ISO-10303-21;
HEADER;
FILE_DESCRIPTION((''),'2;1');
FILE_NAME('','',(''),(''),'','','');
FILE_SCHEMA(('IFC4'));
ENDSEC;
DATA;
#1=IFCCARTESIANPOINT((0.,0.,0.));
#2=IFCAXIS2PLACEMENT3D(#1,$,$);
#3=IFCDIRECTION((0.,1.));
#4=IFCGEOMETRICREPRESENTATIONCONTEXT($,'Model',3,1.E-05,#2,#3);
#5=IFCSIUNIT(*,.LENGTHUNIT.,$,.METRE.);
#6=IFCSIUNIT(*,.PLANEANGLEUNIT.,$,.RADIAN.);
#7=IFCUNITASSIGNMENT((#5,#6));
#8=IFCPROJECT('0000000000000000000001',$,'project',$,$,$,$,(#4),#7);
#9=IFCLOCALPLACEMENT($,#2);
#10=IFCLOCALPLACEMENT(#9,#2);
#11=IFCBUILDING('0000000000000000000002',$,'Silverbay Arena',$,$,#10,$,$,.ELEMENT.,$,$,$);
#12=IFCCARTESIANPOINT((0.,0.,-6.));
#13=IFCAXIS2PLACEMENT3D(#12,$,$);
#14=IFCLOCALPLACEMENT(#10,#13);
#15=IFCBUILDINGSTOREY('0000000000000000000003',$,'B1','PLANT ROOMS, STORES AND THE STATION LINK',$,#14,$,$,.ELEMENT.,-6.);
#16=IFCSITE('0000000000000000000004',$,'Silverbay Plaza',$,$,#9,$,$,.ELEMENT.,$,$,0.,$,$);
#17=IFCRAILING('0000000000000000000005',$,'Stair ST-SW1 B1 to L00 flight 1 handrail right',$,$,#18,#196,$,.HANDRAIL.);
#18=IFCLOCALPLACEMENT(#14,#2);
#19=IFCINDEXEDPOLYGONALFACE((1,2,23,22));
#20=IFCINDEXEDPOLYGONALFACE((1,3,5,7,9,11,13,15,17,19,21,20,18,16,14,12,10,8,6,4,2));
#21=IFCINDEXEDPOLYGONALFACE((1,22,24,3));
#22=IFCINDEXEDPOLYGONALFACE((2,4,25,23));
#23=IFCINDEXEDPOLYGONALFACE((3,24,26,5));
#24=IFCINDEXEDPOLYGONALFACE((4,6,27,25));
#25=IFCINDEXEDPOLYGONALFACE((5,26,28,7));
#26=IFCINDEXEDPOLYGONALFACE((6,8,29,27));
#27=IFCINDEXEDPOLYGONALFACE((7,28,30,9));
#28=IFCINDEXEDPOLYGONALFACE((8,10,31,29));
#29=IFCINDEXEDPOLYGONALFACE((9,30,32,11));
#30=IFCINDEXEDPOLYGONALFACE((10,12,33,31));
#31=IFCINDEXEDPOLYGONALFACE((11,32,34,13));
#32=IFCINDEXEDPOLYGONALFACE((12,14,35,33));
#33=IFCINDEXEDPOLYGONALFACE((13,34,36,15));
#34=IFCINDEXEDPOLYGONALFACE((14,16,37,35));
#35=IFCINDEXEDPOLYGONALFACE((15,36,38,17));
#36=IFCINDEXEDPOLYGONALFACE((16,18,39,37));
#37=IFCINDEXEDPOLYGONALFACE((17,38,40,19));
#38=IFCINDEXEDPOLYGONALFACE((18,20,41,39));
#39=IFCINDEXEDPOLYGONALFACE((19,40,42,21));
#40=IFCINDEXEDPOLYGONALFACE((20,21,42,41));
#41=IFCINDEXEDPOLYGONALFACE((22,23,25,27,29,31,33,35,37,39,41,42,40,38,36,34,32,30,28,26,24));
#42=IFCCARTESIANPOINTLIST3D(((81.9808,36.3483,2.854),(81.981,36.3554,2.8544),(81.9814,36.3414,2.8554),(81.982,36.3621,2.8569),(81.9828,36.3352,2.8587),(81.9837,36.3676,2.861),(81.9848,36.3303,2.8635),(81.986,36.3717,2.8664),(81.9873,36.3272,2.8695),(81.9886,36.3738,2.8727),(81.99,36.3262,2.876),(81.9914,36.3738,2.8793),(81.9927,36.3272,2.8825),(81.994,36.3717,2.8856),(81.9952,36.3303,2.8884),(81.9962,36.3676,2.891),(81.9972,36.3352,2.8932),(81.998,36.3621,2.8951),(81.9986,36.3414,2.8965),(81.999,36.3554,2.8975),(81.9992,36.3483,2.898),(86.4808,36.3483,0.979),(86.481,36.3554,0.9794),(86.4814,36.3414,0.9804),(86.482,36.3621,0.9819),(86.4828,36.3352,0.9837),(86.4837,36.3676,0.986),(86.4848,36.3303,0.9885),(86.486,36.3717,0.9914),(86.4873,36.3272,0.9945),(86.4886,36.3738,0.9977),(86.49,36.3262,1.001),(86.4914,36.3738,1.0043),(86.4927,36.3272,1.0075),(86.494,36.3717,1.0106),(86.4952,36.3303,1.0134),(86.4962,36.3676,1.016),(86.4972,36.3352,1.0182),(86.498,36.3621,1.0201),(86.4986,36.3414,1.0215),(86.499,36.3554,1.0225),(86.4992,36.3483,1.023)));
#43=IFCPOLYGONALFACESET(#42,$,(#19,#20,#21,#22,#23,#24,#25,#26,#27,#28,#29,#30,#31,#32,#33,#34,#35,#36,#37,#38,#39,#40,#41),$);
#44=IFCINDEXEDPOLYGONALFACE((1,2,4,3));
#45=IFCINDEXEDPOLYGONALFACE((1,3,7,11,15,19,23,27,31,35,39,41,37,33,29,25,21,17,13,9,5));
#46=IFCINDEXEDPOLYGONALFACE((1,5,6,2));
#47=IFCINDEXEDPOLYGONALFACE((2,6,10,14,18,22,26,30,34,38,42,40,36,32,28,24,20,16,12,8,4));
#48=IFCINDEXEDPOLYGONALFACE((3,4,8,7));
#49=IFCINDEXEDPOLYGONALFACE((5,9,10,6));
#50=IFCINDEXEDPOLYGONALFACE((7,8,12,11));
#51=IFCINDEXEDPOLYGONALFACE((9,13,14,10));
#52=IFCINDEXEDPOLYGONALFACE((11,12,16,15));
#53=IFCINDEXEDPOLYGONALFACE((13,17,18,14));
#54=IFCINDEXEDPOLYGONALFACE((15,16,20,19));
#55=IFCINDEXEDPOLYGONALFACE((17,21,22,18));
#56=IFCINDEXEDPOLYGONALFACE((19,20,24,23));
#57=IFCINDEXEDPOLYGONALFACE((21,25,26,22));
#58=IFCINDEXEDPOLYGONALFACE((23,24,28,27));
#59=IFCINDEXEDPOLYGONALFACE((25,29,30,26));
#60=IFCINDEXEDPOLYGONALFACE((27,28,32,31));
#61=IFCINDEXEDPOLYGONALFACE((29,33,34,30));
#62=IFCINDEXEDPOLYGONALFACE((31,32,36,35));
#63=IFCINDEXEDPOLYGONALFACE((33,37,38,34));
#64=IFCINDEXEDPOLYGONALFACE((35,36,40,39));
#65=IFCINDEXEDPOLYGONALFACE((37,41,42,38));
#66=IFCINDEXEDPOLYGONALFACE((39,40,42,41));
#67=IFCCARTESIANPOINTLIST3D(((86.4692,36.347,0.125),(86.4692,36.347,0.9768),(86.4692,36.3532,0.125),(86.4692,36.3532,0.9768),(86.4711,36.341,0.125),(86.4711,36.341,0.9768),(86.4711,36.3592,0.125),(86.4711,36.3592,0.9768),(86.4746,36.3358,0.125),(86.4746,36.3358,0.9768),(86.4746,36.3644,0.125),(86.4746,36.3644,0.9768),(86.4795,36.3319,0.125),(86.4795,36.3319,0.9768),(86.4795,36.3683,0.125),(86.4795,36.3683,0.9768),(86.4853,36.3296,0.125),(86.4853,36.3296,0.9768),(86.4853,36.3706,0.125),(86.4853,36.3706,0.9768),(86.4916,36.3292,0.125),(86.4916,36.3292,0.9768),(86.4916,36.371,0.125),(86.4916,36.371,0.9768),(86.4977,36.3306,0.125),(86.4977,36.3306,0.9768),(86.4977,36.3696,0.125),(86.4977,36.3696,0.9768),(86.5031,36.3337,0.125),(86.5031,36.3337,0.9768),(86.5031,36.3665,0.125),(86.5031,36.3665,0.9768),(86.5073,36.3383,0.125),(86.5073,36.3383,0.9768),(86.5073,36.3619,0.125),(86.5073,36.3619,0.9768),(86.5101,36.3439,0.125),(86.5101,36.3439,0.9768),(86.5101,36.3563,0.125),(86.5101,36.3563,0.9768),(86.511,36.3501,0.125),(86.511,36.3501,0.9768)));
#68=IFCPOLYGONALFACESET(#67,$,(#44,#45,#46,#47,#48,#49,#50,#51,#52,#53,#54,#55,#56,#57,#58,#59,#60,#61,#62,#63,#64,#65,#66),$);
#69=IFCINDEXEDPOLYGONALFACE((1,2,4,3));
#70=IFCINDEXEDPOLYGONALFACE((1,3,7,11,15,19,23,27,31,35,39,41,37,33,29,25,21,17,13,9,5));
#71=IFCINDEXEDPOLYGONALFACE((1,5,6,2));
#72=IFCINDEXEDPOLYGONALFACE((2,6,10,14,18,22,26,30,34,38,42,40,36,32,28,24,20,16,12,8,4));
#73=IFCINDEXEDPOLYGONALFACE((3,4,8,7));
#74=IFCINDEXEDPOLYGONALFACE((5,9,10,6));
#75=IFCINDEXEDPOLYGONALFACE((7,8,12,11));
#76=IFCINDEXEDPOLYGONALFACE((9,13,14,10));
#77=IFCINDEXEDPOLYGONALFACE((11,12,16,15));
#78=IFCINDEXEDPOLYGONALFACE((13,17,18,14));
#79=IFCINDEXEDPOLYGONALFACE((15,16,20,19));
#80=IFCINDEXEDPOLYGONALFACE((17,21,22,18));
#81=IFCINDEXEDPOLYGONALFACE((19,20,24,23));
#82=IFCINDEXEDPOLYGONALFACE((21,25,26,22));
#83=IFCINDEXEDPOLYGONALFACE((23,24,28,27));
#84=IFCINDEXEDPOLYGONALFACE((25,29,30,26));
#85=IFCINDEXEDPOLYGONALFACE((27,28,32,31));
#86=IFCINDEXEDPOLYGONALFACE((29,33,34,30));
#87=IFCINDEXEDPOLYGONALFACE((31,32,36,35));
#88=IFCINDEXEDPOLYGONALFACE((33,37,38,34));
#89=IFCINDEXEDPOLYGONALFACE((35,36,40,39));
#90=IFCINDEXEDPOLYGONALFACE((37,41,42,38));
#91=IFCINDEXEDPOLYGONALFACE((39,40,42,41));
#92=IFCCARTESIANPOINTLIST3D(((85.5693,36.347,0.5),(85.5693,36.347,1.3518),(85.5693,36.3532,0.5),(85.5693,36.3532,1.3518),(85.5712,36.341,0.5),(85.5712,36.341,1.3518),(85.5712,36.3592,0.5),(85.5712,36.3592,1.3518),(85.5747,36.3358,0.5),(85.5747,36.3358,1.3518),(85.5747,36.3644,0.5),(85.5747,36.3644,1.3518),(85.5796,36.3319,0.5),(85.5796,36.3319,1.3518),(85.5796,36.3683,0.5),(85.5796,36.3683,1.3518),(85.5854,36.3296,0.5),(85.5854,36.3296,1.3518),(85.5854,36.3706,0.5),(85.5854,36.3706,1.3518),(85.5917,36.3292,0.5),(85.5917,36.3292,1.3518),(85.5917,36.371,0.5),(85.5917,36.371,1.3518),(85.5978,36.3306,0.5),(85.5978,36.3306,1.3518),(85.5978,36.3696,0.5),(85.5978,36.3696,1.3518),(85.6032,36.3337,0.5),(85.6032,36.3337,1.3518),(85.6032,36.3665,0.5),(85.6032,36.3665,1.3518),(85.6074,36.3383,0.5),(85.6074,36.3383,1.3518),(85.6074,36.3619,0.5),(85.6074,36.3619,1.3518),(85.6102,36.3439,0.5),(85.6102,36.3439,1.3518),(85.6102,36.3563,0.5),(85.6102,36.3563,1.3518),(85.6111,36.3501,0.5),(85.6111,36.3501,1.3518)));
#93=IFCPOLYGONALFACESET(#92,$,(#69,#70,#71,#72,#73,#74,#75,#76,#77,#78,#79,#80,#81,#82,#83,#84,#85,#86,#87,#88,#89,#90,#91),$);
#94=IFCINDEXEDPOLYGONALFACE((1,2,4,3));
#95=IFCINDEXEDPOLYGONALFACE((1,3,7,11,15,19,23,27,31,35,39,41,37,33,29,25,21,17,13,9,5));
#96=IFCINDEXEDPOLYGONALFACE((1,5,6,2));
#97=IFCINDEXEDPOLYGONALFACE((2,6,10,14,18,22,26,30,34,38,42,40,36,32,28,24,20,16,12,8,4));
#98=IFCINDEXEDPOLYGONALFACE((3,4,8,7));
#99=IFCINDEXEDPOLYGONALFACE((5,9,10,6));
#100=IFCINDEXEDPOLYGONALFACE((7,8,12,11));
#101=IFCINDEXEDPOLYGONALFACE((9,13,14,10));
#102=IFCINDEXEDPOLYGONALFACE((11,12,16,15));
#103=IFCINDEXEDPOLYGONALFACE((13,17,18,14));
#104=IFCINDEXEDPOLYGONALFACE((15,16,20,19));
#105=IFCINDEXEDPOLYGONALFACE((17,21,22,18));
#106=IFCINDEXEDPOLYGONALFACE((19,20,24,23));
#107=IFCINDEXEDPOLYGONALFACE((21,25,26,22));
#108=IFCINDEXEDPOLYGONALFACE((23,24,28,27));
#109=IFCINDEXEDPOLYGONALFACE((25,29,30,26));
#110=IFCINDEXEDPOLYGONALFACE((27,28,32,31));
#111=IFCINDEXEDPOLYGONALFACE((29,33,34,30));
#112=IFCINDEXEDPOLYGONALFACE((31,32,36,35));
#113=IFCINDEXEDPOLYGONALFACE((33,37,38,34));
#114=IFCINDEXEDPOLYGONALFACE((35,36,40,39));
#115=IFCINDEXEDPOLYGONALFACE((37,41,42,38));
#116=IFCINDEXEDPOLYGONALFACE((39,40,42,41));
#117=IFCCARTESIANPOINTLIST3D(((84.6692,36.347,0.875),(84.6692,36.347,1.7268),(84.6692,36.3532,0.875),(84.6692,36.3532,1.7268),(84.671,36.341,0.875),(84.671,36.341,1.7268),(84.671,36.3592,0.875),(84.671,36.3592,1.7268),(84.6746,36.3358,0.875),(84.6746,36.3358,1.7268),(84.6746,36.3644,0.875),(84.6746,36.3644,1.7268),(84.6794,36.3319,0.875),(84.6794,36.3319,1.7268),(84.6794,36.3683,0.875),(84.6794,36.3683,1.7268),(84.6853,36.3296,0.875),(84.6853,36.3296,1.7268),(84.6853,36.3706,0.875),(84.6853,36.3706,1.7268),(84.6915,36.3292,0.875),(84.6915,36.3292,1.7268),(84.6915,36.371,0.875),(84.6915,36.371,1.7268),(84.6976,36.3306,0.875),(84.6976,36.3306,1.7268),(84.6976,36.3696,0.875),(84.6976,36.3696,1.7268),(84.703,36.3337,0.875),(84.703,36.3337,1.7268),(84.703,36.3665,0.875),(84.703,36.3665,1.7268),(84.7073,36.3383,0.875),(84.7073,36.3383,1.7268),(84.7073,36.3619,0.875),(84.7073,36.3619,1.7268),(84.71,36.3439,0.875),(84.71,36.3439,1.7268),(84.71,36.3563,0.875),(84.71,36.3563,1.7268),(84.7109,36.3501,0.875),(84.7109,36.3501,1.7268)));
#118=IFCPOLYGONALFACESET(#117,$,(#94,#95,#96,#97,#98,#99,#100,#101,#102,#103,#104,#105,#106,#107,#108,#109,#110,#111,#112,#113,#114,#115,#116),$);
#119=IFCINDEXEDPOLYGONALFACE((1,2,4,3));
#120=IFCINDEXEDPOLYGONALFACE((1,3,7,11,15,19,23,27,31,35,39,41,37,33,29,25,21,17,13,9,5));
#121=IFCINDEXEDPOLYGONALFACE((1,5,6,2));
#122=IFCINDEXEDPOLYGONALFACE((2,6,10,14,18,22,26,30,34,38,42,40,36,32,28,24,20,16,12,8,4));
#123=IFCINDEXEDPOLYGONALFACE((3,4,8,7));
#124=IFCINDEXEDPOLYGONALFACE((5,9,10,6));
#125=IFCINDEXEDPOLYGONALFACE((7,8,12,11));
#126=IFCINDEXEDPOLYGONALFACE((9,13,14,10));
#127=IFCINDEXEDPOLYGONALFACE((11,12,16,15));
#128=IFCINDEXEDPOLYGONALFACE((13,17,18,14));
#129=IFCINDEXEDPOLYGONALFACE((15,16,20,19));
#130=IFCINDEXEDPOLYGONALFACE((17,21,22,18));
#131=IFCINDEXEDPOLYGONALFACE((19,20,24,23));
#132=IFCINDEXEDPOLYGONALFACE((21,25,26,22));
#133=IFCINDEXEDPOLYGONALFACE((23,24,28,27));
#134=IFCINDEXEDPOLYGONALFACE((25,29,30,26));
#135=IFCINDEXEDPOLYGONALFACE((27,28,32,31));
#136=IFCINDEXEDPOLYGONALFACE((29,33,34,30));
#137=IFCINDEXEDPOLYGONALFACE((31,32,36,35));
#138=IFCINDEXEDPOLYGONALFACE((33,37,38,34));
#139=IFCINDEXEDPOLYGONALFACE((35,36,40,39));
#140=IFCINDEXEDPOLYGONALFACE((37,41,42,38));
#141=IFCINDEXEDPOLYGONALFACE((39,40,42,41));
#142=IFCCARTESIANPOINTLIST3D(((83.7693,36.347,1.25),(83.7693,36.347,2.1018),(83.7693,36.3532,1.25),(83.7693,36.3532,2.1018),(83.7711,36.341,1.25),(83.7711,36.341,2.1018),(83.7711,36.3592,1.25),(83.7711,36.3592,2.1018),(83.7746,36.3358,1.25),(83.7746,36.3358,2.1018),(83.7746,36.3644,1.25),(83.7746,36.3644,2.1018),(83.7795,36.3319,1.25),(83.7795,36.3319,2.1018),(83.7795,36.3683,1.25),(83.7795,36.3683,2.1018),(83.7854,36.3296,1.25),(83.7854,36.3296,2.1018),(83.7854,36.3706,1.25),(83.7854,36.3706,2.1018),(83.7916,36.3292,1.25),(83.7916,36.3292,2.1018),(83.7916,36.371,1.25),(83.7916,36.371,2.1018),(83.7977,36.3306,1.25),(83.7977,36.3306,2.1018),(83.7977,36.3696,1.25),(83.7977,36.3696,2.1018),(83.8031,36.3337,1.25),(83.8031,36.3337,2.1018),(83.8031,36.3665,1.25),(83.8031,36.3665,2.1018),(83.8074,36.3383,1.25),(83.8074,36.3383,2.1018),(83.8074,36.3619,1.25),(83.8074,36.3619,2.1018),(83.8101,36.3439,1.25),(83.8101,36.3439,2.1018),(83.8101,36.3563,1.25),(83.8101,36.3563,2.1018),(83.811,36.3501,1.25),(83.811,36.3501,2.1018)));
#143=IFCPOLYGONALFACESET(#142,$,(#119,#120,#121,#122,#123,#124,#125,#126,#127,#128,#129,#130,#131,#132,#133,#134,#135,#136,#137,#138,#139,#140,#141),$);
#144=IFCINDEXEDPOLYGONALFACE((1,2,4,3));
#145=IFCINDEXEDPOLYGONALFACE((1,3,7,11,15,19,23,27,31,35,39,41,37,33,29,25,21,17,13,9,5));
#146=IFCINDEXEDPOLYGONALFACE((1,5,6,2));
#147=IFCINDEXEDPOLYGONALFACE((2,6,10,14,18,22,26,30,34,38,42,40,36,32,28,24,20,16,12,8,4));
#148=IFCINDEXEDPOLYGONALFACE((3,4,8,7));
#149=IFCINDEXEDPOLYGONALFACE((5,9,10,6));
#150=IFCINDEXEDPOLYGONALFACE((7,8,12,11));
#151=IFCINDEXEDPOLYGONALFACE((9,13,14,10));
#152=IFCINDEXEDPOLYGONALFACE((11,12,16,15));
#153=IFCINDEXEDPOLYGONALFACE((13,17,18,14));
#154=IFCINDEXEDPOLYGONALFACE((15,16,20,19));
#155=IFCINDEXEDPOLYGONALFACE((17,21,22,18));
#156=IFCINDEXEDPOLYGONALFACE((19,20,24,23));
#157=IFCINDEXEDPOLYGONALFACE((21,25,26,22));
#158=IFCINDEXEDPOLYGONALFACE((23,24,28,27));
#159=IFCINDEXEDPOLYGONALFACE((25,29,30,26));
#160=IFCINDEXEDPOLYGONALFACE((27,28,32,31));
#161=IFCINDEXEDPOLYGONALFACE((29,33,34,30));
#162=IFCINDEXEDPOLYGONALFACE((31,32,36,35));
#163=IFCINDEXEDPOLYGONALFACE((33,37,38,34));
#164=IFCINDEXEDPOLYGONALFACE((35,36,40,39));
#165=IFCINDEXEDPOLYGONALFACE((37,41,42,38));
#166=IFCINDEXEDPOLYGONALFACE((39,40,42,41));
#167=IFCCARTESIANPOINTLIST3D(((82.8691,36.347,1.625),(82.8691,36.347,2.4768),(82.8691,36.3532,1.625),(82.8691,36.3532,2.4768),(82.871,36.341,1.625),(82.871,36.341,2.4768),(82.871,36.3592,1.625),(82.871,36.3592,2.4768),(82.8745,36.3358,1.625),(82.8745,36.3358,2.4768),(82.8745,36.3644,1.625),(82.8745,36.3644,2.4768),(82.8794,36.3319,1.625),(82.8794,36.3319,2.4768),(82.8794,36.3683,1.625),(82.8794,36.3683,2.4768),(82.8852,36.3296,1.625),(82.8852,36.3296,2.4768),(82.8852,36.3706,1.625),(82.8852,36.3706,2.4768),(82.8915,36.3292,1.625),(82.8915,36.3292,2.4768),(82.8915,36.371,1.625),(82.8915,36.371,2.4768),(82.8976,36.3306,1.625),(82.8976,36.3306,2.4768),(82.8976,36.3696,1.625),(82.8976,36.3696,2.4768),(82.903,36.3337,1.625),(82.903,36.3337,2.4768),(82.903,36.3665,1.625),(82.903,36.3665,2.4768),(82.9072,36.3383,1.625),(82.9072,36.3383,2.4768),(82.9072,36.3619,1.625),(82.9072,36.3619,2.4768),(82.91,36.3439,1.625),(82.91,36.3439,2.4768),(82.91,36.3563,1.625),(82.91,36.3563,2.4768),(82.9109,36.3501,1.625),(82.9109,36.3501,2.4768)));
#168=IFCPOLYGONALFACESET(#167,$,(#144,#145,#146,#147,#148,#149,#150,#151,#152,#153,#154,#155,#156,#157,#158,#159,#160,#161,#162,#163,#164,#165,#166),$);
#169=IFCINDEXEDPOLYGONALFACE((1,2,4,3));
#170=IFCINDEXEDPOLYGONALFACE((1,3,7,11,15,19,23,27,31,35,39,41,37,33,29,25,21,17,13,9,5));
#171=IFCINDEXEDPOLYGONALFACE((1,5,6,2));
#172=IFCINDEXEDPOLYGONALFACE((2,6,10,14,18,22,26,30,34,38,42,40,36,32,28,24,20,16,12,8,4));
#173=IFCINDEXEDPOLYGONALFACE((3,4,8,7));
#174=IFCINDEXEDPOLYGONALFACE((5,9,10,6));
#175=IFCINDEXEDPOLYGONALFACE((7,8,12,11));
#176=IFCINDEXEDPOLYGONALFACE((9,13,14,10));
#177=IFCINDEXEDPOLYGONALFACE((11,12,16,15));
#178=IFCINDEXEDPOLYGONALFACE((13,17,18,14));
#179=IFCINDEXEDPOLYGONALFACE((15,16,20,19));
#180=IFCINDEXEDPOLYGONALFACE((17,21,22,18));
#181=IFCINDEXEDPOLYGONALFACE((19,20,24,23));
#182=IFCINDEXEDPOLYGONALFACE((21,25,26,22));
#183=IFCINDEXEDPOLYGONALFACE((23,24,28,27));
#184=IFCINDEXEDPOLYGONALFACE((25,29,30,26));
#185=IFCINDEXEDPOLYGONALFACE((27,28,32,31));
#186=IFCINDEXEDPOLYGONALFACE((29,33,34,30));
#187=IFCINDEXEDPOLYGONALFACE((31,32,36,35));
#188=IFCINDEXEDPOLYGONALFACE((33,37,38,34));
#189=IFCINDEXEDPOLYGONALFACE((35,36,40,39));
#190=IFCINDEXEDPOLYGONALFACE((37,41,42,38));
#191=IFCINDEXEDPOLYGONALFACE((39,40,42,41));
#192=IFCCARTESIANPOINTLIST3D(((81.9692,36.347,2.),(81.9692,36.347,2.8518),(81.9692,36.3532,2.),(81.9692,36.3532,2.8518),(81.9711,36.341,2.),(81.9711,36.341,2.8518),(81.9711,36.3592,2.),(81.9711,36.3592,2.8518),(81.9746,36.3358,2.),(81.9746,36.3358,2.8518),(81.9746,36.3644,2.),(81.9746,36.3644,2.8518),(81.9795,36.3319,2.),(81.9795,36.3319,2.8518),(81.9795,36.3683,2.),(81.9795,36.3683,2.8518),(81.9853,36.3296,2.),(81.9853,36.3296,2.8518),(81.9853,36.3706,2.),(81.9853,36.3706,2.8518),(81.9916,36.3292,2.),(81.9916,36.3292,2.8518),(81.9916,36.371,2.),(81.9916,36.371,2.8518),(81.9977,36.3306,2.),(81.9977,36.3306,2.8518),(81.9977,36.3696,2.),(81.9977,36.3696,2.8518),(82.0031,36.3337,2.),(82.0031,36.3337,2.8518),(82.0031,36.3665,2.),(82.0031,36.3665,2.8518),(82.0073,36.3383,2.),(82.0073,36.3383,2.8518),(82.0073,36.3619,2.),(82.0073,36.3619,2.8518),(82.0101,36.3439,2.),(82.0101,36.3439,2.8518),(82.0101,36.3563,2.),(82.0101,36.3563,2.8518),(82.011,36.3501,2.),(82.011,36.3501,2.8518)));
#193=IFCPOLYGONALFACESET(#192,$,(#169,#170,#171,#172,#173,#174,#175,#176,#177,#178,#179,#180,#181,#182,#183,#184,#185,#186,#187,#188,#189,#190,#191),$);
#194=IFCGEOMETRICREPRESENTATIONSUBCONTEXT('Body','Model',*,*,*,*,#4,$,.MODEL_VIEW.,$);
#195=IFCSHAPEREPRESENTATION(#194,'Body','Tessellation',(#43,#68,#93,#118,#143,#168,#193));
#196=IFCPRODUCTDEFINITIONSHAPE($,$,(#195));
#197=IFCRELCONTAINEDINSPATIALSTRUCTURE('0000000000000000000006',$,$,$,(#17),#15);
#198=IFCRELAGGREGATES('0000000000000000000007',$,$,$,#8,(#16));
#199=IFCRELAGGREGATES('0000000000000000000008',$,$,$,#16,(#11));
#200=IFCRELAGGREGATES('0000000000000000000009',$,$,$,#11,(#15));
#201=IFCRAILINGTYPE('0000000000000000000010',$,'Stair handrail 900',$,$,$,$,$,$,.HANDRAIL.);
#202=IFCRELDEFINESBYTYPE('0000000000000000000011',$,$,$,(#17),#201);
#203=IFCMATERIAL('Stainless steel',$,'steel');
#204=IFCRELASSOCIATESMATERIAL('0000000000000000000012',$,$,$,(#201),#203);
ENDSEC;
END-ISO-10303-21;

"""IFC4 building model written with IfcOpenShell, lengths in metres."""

from ifc_helpers import new_model, si_unit, direction, frame, origin, origin_2d, place, context, subcontext, project, spatial, circle, extrude, material, type_object, element, save


model = new_model("IFC4")

# Units and contexts
model_context = context("Model", 3, precision=1e-05, world=origin(), true_north=direction((0.0, 1.0)))
body_context = subcontext(model_context, "Body", "Model", "MODEL_VIEW")
ifc_project = project(units=[si_unit("LENGTHUNIT", "METRE"), si_unit("PLANEANGLEUNIT", "RADIAN")], contexts=[model_context])

# Site, building, storey
site_placement = place(None, origin())
site = spatial("IfcSite", under=ifc_project, at=site_placement, Name="Silverbay Plaza", CompositionType="ELEMENT", RefElevation=0.0)
building_placement = place(site_placement, origin())
building = spatial("IfcBuilding", under=site, at=building_placement, Name="Silverbay Arena", CompositionType="ELEMENT")
storey_placement = place(building_placement, frame((0.0, 0.0, -6.0)))
storey = spatial("IfcBuildingStorey", under=building, at=storey_placement, Name="B1", Description="PLANT ROOMS, STORES AND THE STATION LINK", CompositionType="ELEMENT", Elevation=-6.0)

# Railing
ifc_material_1 = material(Name="Stainless steel", Category="steel")
railing_type = type_object("IfcRailingType", Name="Stair handrail 900", PredefinedType="HANDRAIL", material=ifc_material_1)
for number, where, name in (
    (1, (86.49, 36.3501, 0.125), "Stair ST-SW1 B1 to L00 flight 1 handrail right"),
):
    element("IfcRailing", number, at=place(storey_placement, frame(where)), inside=storey, type_object=railing_type, Name=name, PredefinedType="HANDRAIL", context=body_context, shape_type="SweptSolid", body=[
        extrude(circle(Radius=0.0239, at=origin_2d()), frame((0.0, 0.0, 0.876), z_axis=(-0.923077, 0.0, 0.384615), x_axis=(0.0, -1.0, 0.0)), (0.0, 0.0, 1.0), 4.875),
        extrude(circle(Radius=0.021, at=origin_2d()), origin(), (0.0, 0.0, 1.0), 0.8518),
        extrude(circle(Radius=0.021, at=origin_2d()), frame((-0.8999, 0.0, 0.375)), (0.0, 0.0, 1.0), 0.8518),
        extrude(circle(Radius=0.021, at=origin_2d()), frame((-1.8, 0.0, 0.75)), (0.0, 0.0, 1.0), 0.8518),
        extrude(circle(Radius=0.021, at=origin_2d()), frame((-2.7, 0.0, 1.125)), (0.0, 0.0, 1.0), 0.8518),
        extrude(circle(Radius=0.021, at=origin_2d()), frame((-3.6001, 0.0, 1.5)), (0.0, 0.0, 1.0), 0.8518),
        extrude(circle(Radius=0.021, at=origin_2d()), frame((-4.5, 0.0, 1.875)), (0.0, 0.0, 1.0), 0.8518),
    ])

save(model, "model.ifc")
